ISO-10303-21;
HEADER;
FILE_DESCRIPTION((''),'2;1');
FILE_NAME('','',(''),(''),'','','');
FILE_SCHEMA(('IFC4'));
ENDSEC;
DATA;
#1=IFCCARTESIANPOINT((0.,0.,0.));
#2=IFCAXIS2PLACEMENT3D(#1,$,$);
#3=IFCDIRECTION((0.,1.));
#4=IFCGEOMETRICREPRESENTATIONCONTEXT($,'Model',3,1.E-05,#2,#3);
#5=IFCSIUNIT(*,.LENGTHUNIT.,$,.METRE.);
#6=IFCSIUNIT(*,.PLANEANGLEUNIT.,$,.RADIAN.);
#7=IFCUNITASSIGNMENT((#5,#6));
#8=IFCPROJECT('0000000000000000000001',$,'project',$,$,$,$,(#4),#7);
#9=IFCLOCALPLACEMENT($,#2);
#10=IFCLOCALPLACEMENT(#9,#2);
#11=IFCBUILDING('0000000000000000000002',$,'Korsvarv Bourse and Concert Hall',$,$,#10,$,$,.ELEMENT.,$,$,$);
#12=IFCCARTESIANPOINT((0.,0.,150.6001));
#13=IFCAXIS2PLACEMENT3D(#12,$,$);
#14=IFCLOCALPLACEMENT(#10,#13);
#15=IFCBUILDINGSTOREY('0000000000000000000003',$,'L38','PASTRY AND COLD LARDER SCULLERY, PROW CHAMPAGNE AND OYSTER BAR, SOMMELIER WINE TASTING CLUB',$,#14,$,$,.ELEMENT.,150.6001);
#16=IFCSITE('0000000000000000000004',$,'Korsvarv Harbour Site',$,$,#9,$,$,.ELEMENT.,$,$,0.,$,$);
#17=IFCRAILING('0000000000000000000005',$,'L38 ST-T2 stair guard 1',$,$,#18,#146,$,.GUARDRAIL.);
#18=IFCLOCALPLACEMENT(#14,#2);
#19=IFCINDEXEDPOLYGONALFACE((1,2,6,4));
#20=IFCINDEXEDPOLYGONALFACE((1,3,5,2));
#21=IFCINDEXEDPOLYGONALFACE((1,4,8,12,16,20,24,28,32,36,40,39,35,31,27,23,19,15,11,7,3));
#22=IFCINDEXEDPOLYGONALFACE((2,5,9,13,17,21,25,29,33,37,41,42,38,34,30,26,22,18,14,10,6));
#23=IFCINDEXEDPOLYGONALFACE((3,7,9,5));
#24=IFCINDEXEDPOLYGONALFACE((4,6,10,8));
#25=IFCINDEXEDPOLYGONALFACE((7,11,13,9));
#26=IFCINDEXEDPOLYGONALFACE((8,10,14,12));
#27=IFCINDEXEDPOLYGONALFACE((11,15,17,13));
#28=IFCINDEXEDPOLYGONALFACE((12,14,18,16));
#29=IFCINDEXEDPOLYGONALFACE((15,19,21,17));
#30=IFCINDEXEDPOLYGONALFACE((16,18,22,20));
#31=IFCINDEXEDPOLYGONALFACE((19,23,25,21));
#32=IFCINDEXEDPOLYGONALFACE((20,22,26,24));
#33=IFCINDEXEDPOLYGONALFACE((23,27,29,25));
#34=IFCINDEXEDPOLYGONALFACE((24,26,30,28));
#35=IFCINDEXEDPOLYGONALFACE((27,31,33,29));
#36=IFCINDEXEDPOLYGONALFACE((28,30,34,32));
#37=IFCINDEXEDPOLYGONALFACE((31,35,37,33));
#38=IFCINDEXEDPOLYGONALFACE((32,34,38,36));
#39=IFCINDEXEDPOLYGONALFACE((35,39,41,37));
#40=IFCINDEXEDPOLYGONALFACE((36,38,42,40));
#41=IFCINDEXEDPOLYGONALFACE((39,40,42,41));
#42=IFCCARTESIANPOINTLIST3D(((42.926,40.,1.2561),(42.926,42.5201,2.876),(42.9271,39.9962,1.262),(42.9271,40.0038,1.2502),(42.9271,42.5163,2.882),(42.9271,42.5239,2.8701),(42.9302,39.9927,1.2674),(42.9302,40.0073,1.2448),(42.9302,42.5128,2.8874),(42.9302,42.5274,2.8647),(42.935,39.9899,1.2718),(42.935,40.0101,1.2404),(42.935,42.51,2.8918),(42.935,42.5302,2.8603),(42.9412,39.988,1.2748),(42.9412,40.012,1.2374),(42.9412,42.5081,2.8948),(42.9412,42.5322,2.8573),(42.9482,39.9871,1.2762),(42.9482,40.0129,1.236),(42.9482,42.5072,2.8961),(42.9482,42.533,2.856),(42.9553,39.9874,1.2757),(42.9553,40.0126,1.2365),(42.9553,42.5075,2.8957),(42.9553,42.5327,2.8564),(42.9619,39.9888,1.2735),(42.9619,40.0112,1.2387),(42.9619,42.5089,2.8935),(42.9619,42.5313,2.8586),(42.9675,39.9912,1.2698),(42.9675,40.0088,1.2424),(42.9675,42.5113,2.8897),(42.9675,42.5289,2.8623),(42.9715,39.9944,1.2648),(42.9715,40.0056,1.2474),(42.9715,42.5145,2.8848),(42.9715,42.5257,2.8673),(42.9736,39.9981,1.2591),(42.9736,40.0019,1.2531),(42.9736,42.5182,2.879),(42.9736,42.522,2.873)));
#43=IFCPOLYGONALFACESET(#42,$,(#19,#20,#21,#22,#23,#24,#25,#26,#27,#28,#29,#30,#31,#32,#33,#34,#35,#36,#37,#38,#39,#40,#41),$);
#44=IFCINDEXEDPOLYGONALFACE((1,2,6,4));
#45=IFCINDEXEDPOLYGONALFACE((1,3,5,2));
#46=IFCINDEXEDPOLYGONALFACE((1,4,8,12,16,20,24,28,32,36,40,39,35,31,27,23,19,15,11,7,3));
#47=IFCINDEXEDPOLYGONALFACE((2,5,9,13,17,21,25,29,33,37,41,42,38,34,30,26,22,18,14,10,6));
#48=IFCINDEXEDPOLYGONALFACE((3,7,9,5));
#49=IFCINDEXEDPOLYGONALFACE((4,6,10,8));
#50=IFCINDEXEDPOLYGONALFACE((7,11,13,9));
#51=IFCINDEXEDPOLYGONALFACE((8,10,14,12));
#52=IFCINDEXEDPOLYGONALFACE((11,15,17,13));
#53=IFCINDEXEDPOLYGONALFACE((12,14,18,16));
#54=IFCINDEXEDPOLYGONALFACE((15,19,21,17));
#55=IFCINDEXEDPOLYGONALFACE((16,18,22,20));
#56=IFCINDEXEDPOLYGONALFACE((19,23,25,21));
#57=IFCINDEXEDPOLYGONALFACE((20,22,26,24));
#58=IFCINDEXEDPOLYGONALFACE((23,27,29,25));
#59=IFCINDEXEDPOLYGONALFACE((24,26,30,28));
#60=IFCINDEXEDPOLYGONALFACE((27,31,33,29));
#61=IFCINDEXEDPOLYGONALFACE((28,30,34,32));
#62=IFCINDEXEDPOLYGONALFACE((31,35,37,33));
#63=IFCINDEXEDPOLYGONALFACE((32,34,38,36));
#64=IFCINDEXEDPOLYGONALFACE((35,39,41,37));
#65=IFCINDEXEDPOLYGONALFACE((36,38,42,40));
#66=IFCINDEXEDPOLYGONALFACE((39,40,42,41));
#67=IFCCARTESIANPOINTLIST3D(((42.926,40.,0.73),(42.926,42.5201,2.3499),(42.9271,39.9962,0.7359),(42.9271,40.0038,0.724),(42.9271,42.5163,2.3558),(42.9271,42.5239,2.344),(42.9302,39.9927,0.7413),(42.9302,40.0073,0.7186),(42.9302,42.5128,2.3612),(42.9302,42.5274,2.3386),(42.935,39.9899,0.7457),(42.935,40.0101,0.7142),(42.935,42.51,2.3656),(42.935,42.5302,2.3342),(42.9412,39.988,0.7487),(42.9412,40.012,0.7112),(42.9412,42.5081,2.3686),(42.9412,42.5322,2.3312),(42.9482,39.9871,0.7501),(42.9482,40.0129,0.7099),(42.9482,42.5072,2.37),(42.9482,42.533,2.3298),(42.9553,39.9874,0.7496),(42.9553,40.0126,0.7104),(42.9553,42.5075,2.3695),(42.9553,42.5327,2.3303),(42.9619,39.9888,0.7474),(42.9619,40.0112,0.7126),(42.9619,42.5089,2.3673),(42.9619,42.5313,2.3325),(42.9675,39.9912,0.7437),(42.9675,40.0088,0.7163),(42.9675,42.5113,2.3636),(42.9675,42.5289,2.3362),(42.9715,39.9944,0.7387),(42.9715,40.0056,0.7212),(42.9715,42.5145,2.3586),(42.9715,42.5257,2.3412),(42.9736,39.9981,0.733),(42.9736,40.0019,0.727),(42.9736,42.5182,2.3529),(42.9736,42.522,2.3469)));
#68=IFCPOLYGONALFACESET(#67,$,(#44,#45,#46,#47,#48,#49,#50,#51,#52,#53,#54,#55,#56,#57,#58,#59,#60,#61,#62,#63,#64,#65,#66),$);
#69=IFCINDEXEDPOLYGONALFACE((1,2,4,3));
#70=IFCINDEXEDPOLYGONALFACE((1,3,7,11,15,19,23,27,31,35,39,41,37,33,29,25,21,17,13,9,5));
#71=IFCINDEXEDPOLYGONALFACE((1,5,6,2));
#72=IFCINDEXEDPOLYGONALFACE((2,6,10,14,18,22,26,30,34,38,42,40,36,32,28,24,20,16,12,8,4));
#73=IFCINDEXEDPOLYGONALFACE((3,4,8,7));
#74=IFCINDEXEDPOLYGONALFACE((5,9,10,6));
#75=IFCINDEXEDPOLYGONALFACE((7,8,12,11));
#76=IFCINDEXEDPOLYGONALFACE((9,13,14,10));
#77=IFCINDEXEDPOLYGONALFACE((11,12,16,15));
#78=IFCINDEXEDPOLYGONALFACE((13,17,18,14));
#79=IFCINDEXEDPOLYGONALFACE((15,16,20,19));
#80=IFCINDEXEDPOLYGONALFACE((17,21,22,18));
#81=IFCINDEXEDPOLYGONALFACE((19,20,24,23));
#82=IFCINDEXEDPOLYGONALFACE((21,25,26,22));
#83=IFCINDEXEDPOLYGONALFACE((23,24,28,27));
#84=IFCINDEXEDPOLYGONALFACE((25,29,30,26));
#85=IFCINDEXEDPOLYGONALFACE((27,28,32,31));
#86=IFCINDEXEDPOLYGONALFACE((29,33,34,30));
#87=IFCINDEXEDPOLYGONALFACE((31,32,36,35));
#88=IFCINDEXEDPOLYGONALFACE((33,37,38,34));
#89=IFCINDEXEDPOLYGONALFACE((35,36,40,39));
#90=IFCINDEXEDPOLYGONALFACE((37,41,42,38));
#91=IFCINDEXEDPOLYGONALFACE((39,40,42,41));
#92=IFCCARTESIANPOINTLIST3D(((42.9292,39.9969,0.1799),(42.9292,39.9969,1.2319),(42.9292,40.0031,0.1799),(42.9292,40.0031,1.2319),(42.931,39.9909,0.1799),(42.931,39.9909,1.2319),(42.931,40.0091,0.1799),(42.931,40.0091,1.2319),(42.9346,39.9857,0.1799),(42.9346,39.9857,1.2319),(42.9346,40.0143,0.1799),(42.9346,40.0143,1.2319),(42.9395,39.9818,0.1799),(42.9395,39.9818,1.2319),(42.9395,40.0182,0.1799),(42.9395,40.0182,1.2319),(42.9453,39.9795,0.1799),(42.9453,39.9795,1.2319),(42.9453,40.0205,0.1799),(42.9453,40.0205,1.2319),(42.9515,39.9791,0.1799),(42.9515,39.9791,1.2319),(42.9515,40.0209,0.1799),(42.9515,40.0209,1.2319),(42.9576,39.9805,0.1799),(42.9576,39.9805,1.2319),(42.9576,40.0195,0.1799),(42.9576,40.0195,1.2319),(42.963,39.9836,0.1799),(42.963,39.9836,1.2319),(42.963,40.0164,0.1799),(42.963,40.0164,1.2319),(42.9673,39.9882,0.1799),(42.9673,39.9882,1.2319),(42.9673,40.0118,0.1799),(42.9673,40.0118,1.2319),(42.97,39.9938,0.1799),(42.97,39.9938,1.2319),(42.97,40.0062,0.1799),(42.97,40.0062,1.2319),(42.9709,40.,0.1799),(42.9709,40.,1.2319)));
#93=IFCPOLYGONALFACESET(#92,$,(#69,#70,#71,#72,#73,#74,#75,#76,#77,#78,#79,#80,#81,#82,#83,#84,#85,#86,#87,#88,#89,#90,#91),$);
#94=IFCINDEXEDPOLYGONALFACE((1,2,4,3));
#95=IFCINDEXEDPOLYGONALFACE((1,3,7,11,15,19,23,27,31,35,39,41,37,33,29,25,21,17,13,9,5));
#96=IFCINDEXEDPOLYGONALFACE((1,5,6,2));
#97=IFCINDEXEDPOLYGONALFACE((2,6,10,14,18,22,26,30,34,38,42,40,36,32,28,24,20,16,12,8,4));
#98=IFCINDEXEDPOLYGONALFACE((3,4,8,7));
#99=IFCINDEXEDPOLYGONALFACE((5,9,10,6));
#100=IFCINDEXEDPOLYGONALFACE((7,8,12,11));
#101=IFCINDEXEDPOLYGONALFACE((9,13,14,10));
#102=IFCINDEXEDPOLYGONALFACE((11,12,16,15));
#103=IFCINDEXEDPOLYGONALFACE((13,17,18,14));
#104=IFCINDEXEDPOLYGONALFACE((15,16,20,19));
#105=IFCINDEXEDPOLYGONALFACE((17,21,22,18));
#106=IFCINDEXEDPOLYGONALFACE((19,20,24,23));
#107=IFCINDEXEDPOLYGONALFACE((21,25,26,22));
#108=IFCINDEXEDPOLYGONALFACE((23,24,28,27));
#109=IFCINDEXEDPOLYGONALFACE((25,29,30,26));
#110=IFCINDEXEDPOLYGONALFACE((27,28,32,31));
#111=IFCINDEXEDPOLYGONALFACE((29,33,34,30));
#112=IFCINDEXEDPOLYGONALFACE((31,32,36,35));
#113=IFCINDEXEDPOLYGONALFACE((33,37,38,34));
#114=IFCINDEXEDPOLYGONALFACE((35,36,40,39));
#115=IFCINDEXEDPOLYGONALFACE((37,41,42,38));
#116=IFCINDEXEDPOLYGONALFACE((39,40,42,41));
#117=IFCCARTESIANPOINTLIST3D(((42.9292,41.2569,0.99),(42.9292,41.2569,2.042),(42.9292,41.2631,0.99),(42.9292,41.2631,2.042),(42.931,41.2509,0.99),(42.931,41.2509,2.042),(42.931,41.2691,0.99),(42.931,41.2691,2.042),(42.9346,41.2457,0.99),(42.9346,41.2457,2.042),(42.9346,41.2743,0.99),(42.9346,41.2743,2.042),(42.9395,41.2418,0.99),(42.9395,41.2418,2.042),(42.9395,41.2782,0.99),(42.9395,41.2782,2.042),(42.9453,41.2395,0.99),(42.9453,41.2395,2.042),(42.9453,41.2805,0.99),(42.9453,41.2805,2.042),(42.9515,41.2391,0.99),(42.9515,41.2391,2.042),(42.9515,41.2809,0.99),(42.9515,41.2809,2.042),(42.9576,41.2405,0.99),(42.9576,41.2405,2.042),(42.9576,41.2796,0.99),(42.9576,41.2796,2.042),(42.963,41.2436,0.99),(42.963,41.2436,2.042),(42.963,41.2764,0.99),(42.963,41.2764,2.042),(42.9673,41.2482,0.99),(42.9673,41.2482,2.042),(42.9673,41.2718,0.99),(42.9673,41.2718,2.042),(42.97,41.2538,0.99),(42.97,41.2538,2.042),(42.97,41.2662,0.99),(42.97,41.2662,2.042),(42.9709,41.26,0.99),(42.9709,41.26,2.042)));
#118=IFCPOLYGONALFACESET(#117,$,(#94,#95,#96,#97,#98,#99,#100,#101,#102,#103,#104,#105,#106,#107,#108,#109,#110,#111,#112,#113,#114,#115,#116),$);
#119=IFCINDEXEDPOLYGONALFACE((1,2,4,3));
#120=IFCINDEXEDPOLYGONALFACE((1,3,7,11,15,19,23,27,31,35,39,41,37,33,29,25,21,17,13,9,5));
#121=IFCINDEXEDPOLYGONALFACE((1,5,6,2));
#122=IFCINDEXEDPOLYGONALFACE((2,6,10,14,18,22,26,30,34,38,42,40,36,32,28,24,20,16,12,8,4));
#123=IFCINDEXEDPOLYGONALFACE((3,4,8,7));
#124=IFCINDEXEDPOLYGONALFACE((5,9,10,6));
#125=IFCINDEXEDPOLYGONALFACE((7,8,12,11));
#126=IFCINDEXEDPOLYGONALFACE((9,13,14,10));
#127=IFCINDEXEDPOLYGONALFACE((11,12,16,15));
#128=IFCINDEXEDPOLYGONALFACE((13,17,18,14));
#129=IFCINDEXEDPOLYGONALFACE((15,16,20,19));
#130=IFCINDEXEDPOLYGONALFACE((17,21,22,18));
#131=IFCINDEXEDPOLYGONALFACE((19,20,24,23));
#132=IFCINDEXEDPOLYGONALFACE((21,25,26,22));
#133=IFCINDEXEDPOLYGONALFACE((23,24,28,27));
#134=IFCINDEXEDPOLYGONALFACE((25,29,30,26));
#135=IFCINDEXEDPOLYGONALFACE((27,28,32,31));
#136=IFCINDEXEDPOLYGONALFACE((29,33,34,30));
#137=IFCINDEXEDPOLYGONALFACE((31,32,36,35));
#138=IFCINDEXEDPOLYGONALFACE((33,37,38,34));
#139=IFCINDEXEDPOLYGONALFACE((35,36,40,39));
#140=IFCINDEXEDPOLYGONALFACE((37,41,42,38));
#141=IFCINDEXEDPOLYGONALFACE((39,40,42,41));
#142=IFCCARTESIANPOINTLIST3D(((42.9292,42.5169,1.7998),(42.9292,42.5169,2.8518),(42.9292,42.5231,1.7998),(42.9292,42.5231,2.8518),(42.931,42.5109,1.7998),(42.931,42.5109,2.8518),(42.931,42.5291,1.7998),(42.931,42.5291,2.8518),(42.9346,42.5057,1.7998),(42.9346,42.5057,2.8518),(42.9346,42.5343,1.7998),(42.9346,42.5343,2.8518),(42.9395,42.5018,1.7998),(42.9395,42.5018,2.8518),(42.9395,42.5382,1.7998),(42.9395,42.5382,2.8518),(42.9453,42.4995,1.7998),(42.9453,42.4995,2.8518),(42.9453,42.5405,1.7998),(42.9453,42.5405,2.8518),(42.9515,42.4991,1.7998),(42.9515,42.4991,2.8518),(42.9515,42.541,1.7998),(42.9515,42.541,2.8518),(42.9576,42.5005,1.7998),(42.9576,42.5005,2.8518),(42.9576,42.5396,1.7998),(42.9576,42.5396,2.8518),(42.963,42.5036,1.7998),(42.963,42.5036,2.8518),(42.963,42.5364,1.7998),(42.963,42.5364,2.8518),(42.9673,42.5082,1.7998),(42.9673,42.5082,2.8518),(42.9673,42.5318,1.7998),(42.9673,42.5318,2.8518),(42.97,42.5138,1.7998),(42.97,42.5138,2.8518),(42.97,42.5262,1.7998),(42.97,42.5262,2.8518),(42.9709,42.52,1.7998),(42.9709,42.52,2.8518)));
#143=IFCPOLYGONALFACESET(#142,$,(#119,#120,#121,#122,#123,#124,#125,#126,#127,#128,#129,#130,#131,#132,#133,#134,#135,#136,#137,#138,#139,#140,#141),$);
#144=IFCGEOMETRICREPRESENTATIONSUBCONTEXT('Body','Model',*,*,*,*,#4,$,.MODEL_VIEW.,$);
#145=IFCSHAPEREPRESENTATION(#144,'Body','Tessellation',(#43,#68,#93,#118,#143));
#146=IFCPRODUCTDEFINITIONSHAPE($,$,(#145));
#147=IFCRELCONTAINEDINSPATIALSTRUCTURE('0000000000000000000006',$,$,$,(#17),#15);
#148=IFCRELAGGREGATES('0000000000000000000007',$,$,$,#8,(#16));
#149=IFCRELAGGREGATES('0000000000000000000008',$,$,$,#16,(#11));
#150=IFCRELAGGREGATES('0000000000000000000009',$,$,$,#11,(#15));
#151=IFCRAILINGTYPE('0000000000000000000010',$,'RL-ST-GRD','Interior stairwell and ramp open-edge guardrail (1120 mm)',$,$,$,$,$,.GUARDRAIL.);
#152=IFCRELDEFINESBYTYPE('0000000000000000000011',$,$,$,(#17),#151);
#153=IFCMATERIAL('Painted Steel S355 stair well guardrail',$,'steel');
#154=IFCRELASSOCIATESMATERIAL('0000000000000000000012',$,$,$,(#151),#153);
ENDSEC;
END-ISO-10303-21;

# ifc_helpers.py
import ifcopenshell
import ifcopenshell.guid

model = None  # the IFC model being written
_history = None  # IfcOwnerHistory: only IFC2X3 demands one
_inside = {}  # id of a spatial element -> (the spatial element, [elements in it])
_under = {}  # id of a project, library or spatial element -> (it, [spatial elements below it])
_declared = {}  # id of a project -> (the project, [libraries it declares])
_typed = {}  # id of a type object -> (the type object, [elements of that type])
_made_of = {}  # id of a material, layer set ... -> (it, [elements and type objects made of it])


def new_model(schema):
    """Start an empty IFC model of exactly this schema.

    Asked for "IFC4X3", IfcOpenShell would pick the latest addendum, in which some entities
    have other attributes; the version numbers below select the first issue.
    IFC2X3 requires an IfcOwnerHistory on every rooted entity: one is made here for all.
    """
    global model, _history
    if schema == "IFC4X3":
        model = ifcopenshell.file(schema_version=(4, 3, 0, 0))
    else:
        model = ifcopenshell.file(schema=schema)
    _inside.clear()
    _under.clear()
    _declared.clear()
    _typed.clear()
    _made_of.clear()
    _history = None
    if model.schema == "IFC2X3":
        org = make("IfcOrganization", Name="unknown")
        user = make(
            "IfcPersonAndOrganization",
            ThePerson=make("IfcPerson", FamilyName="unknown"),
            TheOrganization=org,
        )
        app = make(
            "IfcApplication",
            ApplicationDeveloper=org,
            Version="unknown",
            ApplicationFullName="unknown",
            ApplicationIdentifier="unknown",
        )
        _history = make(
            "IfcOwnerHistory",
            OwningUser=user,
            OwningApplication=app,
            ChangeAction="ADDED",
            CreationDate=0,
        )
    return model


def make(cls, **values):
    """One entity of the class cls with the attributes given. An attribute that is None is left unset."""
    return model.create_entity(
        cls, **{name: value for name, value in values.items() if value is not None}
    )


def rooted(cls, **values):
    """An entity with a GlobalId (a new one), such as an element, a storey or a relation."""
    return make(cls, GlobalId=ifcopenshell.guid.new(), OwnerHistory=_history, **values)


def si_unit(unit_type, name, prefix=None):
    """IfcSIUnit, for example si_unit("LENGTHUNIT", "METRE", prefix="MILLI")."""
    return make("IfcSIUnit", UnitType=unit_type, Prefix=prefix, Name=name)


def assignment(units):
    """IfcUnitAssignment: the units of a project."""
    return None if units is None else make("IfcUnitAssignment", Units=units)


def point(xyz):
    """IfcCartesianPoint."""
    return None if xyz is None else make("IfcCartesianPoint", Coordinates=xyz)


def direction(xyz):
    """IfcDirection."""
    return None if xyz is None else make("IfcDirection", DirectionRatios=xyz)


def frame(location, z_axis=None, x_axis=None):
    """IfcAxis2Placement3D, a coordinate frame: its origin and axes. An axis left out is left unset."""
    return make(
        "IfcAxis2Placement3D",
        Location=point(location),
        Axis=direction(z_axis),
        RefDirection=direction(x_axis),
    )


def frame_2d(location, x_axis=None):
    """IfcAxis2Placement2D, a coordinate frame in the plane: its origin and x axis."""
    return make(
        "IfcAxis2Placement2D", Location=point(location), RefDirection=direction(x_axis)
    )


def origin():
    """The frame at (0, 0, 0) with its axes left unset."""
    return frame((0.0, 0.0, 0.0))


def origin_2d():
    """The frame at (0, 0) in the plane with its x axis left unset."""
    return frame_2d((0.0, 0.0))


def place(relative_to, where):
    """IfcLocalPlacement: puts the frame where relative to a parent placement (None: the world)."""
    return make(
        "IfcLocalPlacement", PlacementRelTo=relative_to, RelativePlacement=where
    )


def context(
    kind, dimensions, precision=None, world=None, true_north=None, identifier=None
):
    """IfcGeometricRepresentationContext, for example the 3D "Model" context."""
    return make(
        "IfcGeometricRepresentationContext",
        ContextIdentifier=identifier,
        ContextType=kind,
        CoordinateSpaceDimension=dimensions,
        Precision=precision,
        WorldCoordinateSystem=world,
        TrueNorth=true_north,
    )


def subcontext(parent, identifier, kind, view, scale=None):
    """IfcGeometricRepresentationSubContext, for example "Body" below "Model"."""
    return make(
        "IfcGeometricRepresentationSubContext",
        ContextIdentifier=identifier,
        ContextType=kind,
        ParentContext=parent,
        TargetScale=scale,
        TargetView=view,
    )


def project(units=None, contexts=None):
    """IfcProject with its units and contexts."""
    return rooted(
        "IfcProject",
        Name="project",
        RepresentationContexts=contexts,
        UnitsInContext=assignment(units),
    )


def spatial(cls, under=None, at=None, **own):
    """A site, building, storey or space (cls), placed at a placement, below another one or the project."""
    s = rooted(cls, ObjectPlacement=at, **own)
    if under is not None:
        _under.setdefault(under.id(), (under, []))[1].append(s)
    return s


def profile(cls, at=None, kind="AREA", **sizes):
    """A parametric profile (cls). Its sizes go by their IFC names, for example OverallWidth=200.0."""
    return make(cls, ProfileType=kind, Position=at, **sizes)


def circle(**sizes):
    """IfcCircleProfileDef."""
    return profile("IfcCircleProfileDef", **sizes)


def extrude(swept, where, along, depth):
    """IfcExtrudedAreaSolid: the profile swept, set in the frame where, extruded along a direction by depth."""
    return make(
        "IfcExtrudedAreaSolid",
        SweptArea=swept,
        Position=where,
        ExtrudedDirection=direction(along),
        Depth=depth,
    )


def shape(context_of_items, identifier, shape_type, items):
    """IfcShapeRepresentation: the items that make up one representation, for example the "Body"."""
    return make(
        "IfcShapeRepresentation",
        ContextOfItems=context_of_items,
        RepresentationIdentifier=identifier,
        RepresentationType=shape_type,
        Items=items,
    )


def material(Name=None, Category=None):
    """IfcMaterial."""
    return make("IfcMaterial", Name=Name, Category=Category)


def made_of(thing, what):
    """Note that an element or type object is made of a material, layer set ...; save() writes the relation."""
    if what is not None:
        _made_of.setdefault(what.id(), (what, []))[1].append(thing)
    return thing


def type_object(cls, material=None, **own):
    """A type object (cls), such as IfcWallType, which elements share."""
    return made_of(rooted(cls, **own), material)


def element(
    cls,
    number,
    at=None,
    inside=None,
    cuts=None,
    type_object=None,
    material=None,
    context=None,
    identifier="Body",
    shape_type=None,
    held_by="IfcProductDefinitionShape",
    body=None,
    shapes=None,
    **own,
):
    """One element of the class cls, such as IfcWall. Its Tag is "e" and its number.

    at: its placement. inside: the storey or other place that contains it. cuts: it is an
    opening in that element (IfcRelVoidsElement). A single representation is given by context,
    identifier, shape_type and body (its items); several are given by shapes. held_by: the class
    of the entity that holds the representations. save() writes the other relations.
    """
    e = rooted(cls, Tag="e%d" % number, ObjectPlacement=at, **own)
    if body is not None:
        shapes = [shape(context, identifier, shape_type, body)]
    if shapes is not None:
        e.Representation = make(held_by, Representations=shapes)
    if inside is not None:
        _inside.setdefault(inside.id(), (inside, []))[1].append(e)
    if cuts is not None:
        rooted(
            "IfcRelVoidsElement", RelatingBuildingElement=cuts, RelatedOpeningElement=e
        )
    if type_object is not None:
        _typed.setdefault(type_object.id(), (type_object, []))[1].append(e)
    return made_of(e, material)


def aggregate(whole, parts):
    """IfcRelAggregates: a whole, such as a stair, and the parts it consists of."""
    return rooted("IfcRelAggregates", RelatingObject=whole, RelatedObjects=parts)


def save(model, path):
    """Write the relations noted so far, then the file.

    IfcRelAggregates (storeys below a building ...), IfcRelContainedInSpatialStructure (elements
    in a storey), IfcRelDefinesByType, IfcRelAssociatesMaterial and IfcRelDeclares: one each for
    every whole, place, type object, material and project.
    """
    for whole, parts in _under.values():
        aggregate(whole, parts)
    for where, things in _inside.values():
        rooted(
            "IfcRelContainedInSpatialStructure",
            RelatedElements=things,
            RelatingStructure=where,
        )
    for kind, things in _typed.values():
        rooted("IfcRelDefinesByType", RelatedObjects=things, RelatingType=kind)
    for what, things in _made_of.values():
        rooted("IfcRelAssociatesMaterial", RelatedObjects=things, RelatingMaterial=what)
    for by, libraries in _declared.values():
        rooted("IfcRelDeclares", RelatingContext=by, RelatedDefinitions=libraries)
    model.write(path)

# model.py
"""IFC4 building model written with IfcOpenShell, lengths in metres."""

from ifc_helpers import new_model, si_unit, direction, frame, origin, origin_2d, place, context, subcontext, project, spatial, circle, extrude, material, type_object, element, save


model = new_model("IFC4")

# Units and contexts
model_context = context("Model", 3, precision=1e-05, world=origin(), true_north=direction((0.0, 1.0)))
body_context = subcontext(model_context, "Body", "Model", "MODEL_VIEW")
ifc_project = project(units=[si_unit("LENGTHUNIT", "METRE"), si_unit("PLANEANGLEUNIT", "RADIAN")], contexts=[model_context])

# Site, building, storey
site_placement = place(None, origin())
site = spatial("IfcSite", under=ifc_project, at=site_placement, Name="Korsvarv Harbour Site", CompositionType="ELEMENT", RefElevation=0.0)
building_placement = place(site_placement, origin())
building = spatial("IfcBuilding", under=site, at=building_placement, Name="Korsvarv Bourse and Concert Hall", CompositionType="ELEMENT")
storey_placement = place(building_placement, frame((0.0, 0.0, 150.6001)))
storey = spatial("IfcBuildingStorey", under=building, at=storey_placement, Name="L38", Description="PASTRY AND COLD LARDER SCULLERY, PROW CHAMPAGNE AND OYSTER BAR, SOMMELIER WINE TASTING CLUB", CompositionType="ELEMENT", Elevation=150.6001)

# Railing
ifc_material_1 = material(Name="Painted Steel S355 stair well guardrail", Category="steel")
railing_type_1 = type_object("IfcRailingType", Name="RL-ST-GRD", Description="Interior stairwell and ramp open-edge guardrail (1120 mm)", PredefinedType="GUARDRAIL", material=ifc_material_1)
railing_1_placement = place(storey_placement, frame((42.95, 40.0, 0.1799)))
element("IfcRailing", 1, at=railing_1_placement, inside=storey, type_object=railing_type_1, Name="L38 ST-T2 stair guard 1", PredefinedType="GUARDRAIL", context=body_context, shape_type="SweptSolid", body=[
    extrude(circle(Radius=0.0239, at=origin_2d()), frame((0.0, 0.0, 1.0762), z_axis=(0.0, 0.8412, 0.540725), x_axis=(-1.0, 0.0, 0.0)), (0.0, 0.0, 1.0), 2.9958),
    extrude(circle(Radius=0.0239, at=origin_2d()), frame((0.0, 0.0, 0.55), z_axis=(0.0, 0.8412, 0.540725), x_axis=(-1.0, 0.0, 0.0)), (0.0, 0.0, 1.0), 2.9958),
    extrude(circle(Radius=0.021, at=origin_2d()), origin(), (0.0, 0.0, 1.0), 1.052),
    extrude(circle(Radius=0.021, at=origin_2d()), frame((0.0, 1.26, 0.8101)), (0.0, 0.0, 1.0), 1.052),
    extrude(circle(Radius=0.021, at=origin_2d()), frame((0.0, 2.52, 1.6199)), (0.0, 0.0, 1.0), 1.052),
])

save(model, "model.ifc")
